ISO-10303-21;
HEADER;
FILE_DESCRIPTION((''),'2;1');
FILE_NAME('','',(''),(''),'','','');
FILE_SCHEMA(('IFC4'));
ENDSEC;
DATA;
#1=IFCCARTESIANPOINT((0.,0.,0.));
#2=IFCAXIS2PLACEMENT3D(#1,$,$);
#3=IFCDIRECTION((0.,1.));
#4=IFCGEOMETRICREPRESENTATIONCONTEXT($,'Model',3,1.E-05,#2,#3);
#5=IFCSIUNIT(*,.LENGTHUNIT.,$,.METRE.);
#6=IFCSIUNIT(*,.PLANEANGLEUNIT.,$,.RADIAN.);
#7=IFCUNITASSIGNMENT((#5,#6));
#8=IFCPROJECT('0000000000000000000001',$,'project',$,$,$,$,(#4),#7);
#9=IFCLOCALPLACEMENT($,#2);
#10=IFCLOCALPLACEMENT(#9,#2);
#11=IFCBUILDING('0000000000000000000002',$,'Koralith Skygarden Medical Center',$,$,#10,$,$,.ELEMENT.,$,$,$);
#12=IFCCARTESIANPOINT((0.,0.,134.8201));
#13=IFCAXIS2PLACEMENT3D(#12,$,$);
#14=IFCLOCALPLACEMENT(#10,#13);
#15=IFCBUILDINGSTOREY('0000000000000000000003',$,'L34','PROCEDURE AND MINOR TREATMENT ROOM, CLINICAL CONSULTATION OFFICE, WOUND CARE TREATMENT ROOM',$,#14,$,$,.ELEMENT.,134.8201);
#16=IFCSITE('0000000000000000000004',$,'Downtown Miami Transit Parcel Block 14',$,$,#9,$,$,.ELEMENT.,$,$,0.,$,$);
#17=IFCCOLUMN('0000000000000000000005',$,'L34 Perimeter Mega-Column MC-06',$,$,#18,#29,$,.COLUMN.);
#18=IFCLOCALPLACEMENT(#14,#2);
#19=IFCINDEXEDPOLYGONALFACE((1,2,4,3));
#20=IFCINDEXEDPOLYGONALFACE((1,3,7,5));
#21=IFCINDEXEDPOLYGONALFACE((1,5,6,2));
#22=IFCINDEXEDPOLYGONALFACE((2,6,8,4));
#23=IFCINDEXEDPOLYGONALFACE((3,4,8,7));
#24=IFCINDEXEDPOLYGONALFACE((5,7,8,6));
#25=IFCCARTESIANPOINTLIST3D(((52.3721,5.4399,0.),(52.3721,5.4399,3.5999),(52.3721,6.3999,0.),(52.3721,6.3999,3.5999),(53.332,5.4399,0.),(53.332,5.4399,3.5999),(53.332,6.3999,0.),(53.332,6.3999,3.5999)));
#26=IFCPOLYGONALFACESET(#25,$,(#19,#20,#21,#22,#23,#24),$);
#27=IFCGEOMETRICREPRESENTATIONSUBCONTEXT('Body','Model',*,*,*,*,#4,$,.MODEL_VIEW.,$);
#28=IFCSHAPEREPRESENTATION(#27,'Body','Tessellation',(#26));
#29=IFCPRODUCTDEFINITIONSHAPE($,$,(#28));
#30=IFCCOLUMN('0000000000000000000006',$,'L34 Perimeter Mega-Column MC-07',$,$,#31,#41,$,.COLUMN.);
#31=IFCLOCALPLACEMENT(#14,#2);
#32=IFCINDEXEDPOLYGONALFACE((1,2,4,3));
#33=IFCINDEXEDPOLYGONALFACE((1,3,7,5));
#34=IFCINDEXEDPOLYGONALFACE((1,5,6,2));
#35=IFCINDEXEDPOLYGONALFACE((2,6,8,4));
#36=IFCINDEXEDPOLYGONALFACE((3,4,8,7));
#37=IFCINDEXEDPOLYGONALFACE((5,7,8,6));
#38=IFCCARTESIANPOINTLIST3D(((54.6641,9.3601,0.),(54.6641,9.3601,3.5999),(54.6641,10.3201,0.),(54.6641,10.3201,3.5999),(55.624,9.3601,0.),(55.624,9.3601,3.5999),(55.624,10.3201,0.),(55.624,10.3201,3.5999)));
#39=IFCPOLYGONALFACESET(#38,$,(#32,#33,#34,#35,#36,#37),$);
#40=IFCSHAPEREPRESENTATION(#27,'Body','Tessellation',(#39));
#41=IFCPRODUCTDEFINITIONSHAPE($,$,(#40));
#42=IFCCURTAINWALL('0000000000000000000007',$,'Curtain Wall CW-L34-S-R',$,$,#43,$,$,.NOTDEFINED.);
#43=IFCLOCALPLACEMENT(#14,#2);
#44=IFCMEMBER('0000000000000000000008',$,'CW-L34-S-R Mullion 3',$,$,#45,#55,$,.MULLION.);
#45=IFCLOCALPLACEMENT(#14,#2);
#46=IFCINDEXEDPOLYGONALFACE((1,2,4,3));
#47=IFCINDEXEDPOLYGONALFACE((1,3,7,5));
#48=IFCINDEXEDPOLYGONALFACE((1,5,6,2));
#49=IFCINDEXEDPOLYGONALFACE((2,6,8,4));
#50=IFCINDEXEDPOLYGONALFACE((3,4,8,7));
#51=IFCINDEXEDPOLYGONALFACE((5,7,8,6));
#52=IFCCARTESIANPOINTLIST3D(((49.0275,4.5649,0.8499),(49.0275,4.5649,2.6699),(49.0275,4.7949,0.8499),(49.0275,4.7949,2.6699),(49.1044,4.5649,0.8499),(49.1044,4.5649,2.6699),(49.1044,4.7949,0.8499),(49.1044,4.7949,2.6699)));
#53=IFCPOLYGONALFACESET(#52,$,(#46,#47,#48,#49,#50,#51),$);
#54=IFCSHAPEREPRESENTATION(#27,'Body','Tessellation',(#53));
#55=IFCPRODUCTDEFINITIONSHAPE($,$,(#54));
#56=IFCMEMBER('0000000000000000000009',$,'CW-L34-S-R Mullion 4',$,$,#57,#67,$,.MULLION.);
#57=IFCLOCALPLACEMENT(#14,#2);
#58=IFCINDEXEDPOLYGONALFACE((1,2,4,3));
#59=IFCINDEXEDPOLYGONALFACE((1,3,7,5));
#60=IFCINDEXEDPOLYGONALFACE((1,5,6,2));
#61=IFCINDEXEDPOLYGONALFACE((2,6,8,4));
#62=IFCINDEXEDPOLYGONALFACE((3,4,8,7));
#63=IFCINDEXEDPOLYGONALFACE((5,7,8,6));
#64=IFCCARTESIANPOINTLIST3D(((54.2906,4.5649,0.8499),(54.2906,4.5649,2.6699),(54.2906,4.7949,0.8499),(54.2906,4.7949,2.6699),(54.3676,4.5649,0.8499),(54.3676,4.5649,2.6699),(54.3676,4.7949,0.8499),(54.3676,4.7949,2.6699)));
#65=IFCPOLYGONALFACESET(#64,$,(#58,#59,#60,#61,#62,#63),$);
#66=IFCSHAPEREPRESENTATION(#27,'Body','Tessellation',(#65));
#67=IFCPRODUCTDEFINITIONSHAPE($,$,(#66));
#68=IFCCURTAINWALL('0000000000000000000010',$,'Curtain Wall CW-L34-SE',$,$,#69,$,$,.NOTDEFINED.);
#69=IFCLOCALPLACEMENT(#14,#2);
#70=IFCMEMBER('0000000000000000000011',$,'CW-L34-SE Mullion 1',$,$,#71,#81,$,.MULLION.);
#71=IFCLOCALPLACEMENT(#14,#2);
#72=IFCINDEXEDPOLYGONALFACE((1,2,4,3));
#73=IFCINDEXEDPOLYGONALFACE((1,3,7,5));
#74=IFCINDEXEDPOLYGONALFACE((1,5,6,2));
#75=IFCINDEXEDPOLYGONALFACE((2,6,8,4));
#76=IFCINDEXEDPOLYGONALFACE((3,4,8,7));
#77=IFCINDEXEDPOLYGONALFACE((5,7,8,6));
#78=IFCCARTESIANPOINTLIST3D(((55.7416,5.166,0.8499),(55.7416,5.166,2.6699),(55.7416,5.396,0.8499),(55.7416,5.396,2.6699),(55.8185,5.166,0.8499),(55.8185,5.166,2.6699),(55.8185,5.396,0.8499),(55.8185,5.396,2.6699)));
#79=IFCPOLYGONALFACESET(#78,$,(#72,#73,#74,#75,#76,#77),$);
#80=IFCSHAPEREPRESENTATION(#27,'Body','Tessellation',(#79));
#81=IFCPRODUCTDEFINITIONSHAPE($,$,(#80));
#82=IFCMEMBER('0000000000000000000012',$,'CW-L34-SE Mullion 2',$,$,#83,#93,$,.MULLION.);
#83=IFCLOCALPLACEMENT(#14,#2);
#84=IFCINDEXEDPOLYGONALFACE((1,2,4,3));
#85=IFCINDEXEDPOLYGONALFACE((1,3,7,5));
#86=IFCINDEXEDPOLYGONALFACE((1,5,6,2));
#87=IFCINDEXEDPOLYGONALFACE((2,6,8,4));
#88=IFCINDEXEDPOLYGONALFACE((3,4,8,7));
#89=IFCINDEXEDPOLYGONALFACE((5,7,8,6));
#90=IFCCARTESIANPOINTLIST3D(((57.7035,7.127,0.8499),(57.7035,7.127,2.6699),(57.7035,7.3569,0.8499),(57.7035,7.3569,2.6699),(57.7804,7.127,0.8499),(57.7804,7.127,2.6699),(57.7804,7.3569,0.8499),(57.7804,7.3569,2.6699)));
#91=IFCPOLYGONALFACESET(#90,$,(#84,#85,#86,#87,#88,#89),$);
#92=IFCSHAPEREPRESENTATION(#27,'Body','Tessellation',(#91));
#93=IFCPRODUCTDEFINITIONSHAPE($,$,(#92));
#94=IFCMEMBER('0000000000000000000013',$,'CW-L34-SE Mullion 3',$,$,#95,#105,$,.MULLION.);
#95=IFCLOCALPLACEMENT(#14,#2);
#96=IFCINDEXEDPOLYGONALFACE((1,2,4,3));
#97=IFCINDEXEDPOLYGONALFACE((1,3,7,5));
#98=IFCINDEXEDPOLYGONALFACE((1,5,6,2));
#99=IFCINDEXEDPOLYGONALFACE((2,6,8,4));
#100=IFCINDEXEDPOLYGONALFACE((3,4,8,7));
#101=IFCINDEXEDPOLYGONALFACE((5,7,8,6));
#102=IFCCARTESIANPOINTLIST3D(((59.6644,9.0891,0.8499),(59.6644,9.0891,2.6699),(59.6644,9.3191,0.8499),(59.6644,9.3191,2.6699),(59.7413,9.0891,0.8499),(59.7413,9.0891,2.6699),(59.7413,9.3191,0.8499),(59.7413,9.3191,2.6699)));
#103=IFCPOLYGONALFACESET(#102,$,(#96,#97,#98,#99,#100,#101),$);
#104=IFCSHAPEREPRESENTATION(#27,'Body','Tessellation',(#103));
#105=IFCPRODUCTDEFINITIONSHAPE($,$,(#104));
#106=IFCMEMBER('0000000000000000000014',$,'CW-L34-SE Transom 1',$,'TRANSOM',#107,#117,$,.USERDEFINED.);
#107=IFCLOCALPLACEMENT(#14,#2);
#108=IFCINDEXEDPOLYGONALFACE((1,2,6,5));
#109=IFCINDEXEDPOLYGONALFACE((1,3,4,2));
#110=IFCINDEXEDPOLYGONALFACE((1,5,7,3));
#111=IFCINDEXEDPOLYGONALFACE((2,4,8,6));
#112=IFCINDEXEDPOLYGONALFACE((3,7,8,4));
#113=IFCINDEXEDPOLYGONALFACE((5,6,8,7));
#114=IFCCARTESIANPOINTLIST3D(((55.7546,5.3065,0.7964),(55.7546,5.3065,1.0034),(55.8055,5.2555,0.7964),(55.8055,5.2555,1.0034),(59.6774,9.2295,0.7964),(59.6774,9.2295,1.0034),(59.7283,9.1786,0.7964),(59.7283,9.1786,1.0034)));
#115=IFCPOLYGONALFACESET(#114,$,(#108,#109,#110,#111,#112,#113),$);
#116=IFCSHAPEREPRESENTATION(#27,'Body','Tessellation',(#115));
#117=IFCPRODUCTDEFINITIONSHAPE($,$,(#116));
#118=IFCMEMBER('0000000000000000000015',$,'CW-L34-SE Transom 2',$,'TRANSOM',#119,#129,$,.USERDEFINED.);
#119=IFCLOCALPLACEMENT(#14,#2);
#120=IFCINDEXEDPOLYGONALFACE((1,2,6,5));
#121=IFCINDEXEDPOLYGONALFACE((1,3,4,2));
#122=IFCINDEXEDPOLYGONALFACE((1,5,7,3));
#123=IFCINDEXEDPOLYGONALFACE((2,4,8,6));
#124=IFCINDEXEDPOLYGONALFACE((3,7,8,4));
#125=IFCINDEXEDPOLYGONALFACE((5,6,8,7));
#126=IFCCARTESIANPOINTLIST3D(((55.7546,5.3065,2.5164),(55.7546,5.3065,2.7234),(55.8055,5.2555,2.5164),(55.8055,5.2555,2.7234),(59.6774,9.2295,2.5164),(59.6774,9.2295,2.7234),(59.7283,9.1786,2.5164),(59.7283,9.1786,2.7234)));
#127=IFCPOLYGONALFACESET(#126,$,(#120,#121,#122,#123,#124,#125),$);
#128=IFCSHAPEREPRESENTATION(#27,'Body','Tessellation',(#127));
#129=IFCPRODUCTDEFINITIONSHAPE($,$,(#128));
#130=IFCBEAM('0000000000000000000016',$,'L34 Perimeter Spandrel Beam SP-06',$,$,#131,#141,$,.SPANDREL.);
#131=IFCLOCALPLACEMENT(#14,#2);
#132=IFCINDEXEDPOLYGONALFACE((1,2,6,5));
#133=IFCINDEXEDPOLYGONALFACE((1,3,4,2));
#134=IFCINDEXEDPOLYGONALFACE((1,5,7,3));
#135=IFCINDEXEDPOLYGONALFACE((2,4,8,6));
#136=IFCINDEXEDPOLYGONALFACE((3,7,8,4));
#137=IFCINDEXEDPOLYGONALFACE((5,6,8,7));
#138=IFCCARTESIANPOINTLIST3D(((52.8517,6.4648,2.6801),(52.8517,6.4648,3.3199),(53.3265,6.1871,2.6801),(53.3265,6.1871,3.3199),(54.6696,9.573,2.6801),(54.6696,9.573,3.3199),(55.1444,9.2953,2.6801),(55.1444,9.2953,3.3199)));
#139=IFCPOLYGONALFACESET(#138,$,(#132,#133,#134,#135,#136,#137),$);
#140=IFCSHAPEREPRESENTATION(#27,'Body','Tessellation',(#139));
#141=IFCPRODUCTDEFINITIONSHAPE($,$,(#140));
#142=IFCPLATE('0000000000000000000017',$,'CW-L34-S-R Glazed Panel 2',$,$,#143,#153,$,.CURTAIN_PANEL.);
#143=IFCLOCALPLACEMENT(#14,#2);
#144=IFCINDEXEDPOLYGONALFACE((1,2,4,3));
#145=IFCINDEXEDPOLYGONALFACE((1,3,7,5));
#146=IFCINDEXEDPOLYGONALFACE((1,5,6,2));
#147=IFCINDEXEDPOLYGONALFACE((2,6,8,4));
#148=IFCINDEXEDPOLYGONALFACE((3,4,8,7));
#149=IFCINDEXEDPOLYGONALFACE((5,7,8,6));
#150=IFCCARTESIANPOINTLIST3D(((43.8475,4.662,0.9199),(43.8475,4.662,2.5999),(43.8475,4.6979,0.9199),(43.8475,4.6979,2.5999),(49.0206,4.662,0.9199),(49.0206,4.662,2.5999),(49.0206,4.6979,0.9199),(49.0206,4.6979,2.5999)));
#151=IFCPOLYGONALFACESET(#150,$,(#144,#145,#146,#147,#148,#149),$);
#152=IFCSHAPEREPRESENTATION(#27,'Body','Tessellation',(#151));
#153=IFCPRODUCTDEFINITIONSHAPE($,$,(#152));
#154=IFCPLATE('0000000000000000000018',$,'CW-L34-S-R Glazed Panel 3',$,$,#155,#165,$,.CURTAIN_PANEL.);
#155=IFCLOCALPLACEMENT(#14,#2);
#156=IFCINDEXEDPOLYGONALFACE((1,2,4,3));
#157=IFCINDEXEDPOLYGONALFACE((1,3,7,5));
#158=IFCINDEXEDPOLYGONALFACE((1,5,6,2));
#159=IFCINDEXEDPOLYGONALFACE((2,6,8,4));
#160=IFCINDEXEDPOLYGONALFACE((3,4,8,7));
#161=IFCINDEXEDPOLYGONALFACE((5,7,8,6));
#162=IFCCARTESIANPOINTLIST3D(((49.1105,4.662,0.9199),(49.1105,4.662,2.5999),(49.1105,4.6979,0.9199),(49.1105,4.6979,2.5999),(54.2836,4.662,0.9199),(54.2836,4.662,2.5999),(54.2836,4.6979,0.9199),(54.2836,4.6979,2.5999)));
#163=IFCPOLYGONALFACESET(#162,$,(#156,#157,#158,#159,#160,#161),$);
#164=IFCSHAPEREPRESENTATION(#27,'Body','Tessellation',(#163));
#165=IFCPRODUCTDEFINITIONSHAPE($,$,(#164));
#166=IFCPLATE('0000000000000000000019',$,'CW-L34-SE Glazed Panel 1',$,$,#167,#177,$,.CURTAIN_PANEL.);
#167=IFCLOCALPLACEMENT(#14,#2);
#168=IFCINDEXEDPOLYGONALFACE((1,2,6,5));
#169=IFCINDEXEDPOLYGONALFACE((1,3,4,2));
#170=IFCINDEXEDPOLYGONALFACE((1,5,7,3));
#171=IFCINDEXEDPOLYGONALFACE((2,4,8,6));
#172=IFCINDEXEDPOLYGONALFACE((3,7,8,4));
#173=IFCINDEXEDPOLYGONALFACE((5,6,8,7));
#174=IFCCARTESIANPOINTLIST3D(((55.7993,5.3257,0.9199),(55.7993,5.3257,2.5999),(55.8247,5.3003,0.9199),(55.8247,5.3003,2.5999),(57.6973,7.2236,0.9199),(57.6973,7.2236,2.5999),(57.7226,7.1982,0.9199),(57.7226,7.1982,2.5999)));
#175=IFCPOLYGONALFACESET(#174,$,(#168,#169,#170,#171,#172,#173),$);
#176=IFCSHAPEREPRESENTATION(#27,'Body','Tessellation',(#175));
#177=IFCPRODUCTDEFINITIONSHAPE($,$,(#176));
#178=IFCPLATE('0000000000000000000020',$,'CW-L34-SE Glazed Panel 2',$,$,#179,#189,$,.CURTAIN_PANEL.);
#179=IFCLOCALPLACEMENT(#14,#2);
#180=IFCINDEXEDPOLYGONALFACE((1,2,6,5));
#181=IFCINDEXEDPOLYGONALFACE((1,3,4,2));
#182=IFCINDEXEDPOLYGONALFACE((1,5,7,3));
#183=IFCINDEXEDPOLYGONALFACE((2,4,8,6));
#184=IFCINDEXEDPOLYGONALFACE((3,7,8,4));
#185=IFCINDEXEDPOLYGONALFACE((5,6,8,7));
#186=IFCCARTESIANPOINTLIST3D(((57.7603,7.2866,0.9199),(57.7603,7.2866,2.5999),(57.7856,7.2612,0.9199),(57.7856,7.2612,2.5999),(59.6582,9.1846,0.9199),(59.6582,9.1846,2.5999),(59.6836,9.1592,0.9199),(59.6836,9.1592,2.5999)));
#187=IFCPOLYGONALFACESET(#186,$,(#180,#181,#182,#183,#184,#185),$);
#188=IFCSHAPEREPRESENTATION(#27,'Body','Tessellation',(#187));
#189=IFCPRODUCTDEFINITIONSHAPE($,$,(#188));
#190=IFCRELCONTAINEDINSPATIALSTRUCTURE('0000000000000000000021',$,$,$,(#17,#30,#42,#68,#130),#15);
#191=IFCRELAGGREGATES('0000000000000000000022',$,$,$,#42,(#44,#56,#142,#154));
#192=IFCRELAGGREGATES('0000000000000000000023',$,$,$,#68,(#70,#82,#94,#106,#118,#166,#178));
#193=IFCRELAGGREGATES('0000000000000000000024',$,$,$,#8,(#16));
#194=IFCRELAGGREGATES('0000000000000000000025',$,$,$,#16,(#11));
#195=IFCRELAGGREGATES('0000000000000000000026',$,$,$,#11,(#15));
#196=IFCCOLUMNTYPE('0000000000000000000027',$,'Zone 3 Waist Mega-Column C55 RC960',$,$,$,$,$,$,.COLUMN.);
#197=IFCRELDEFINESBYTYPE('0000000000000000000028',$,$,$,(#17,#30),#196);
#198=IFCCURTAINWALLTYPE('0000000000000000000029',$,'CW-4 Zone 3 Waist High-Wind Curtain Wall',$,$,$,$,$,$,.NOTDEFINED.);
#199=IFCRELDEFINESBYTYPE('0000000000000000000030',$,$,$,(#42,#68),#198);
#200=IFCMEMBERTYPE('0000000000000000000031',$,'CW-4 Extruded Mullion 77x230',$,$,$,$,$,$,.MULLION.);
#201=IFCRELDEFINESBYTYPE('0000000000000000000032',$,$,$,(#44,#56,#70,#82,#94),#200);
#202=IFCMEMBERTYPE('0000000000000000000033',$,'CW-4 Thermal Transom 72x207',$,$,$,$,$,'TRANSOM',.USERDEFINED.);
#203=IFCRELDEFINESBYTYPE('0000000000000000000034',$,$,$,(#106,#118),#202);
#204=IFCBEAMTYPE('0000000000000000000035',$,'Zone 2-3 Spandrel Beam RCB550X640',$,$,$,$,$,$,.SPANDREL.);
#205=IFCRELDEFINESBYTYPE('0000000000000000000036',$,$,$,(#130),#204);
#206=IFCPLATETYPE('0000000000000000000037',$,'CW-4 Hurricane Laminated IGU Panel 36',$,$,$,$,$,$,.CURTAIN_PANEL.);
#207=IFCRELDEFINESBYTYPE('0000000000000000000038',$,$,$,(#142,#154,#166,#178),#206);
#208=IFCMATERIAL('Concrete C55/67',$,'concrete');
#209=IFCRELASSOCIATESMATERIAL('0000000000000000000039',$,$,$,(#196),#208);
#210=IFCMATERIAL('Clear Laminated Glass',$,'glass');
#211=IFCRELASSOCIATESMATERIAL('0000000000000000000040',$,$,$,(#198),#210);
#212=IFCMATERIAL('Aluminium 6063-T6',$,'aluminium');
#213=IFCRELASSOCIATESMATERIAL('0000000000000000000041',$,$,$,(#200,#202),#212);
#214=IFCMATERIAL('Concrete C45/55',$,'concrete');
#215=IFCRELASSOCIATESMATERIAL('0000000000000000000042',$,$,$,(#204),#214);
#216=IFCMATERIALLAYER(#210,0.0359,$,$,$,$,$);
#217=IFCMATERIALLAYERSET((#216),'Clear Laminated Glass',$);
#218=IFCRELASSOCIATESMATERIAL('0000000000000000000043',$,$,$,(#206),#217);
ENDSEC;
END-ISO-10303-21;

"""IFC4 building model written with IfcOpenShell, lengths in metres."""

from ifc_helpers import new_model, si_unit, direction, frame, origin, origin_2d, place, context, subcontext, project, spatial, rectangle, extrude, material, layer, layer_set, material_profile, profile_set, type_object, element, aggregate, save


model = new_model("IFC4")

# Units and contexts
model_context = context("Model", 3, precision=1e-05, world=origin(), true_north=direction((0.0, 1.0)))
body_context = subcontext(model_context, "Body", "Model", "MODEL_VIEW")
ifc_project = project(units=[si_unit("LENGTHUNIT", "METRE"), si_unit("PLANEANGLEUNIT", "RADIAN")], contexts=[model_context])

# Site, building, storey
site_placement = place(None, origin())
site = spatial("IfcSite", under=ifc_project, at=site_placement, Name="Downtown Miami Transit Parcel Block 14", CompositionType="ELEMENT", RefElevation=0.0)
building_placement = place(site_placement, origin())
building = spatial("IfcBuilding", under=site, at=building_placement, Name="Koralith Skygarden Medical Center", CompositionType="ELEMENT")
storey_placement = place(building_placement, frame((0.0, 0.0, 134.8201)))
storey = spatial("IfcBuildingStorey", under=building, at=storey_placement, Name="L34", Description="PROCEDURE AND MINOR TREATMENT ROOM, CLINICAL CONSULTATION OFFICE, WOUND CARE TREATMENT ROOM", CompositionType="ELEMENT", Elevation=134.8201)

# Columns
ifc_material_1 = material(Name="Concrete C55/67", Category="concrete")
ifc_material_profile_1 = material_profile(ifc_material_1, rectangle(XDim=0.96, YDim=0.96, at=origin_2d()), Name="RC960X960")
ifc_profile_set_1 = profile_set([ifc_material_profile_1], Name="Concrete C55/67")
column_type = type_object("IfcColumnType", Name="Zone 3 Waist Mega-Column C55 RC960", PredefinedType="COLUMN", material=ifc_profile_set_1)
for number, where, z_axis, x_axis, name in (
    (1, (52.8521, 5.9199, 0.0), (0.0, 0.0, 1.0), (1.0, 0.0, 0.0), "L34 Perimeter Mega-Column MC-06"),
    (2, (55.144, 9.8401, 0.0), (0.0, 0.0, 1.0), (1.0, 0.0, 0.0), "L34 Perimeter Mega-Column MC-07"),
):
    element("IfcColumn", number, at=place(storey_placement, frame(where, z_axis=z_axis, x_axis=x_axis)), inside=storey, type_object=column_type, Name=name, PredefinedType="COLUMN", context=body_context, shape_type="SweptSolid", body=[
        extrude(rectangle(XDim=0.96, YDim=0.96, at=origin_2d()), origin(), (0.0, 0.0, 1.0), 3.5999),
    ])

# Curtain walls, members
ifc_material_2 = material(Name="Clear Laminated Glass", Category="glass")
curtain_wall_type = type_object("IfcCurtainWallType", Name="CW-4 Zone 3 Waist High-Wind Curtain Wall", PredefinedType="NOTDEFINED", material=ifc_material_2)
curtain_wall_1_placement = place(storey_placement, origin())
curtain_wall_1 = element("IfcCurtainWall", 3, at=curtain_wall_1_placement, inside=storey, type_object=curtain_wall_type, Name="Curtain Wall CW-L34-S-R", PredefinedType="NOTDEFINED")
ifc_material_3 = material(Name="Aluminium 6063-T6", Category="aluminium")
ifc_material_profile_2 = material_profile(ifc_material_3, rectangle(XDim=0.0769, YDim=0.23, at=origin_2d()), Name="MUL77X230")
ifc_profile_set_2 = profile_set([ifc_material_profile_2], Name="Aluminium 6063-T6")
member_type_1 = type_object("IfcMemberType", Name="CW-4 Extruded Mullion 77x230", PredefinedType="MULLION", material=ifc_profile_set_2)
member_1_placement = place(storey_placement, frame((49.0659, 4.6799, 0.8499), z_axis=(0.0, 0.0, 1.0), x_axis=(1.0, 0.0, 0.0)))
member_1 = element("IfcMember", 4, at=member_1_placement, type_object=member_type_1, Name="CW-L34-S-R Mullion 3", PredefinedType="MULLION", context=body_context, shape_type="SweptSolid", body=[
    extrude(rectangle(XDim=0.0769, YDim=0.23, at=origin_2d()), origin(), (0.0, 0.0, 1.0), 1.8201),
])
member_2_placement = place(storey_placement, frame((54.3291, 4.6799, 0.8499), z_axis=(0.0, 0.0, 1.0), x_axis=(1.0, 0.0, 0.0)))
member_2 = element("IfcMember", 5, at=member_2_placement, type_object=member_type_1, Name="CW-L34-S-R Mullion 4", PredefinedType="MULLION", context=body_context, shape_type="SweptSolid", body=[
    extrude(rectangle(XDim=0.0769, YDim=0.23, at=origin_2d()), origin(), (0.0, 0.0, 1.0), 1.8201),
])
curtain_wall_2_placement = place(storey_placement, origin())
curtain_wall_2 = element("IfcCurtainWall", 6, at=curtain_wall_2_placement, inside=storey, type_object=curtain_wall_type, Name="Curtain Wall CW-L34-SE", PredefinedType="NOTDEFINED")
member_3_placement = place(storey_placement, frame((55.78, 5.281, 0.8499), z_axis=(0.0, 0.0, 1.0), x_axis=(1.0, 0.0, 0.0)))
member_3 = element("IfcMember", 7, at=member_3_placement, type_object=member_type_1, Name="CW-L34-SE Mullion 1", PredefinedType="MULLION", context=body_context, shape_type="SweptSolid", body=[
    extrude(rectangle(XDim=0.0769, YDim=0.23, at=origin_2d()), origin(), (0.0, 0.0, 1.0), 1.8201),
])
member_4_placement = place(storey_placement, frame((57.7419, 7.2419, 0.8499), z_axis=(0.0, 0.0, 1.0), x_axis=(1.0, 0.0, 0.0)))
member_4 = element("IfcMember", 8, at=member_4_placement, type_object=member_type_1, Name="CW-L34-SE Mullion 2", PredefinedType="MULLION", context=body_context, shape_type="SweptSolid", body=[
    extrude(rectangle(XDim=0.0769, YDim=0.23, at=origin_2d()), origin(), (0.0, 0.0, 1.0), 1.8201),
])
member_5_placement = place(storey_placement, frame((59.7029, 9.2041, 0.8499), z_axis=(0.0, 0.0, 1.0), x_axis=(1.0, 0.0, 0.0)))
member_5 = element("IfcMember", 9, at=member_5_placement, type_object=member_type_1, Name="CW-L34-SE Mullion 3", PredefinedType="MULLION", context=body_context, shape_type="SweptSolid", body=[
    extrude(rectangle(XDim=0.0769, YDim=0.23, at=origin_2d()), origin(), (0.0, 0.0, 1.0), 1.8201),
])
ifc_material_profile_3 = material_profile(ifc_material_3, rectangle(XDim=0.072, YDim=0.207, at=origin_2d()), Name="TRN72X207")
ifc_profile_set_3 = profile_set([ifc_material_profile_3], Name="Aluminium 6063-T6")
member_type_2 = type_object("IfcMemberType", Name="CW-4 Thermal Transom 72x207", ElementType="TRANSOM", PredefinedType="USERDEFINED", material=ifc_profile_set_3)
member_6_placement = place(storey_placement, frame((55.78, 5.281, 0.8999), z_axis=(0.707085, 0.707129, 0.0), x_axis=(-0.707129, 0.707085, 0.0)))
member_6 = element("IfcMember", 10, at=member_6_placement, type_object=member_type_2, Name="CW-L34-SE Transom 1", ObjectType="TRANSOM", PredefinedType="USERDEFINED", context=body_context, shape_type="SweptSolid", body=[
    extrude(rectangle(XDim=0.072, YDim=0.207, at=origin_2d()), origin(), (0.0, 0.0, 1.0), 5.5479),
])
member_7_placement = place(storey_placement, frame((55.78, 5.281, 2.6199), z_axis=(0.707085, 0.707129, 0.0), x_axis=(-0.707129, 0.707085, 0.0)))
member_7 = element("IfcMember", 11, at=member_7_placement, type_object=member_type_2, Name="CW-L34-SE Transom 2", ObjectType="TRANSOM", PredefinedType="USERDEFINED", context=body_context, shape_type="SweptSolid", body=[
    extrude(rectangle(XDim=0.072, YDim=0.207, at=origin_2d()), origin(), (0.0, 0.0, 1.0), 5.5479),
])

# Beam
ifc_material_4 = material(Name="Concrete C45/55", Category="concrete")
ifc_material_profile_4 = material_profile(ifc_material_4, rectangle(XDim=0.55, YDim=0.6399, at=origin_2d()), Name="RCB550X640")
ifc_profile_set_4 = profile_set([ifc_material_profile_4], Name="Concrete C45/55")
beam_type = type_object("IfcBeamType", Name="Zone 2-3 Spandrel Beam RCB550X640", PredefinedType="SPANDREL", material=ifc_profile_set_4)
beam_placement = place(storey_placement, frame((53.0891, 6.3259, 3.0), z_axis=(0.504861, 0.8632, 0.0), x_axis=(-0.8632, 0.504861, 0.0)))
element("IfcBeam", 12, at=beam_placement, inside=storey, type_object=beam_type, Name="L34 Perimeter Spandrel Beam SP-06", PredefinedType="SPANDREL", context=body_context, shape_type="SweptSolid", body=[
    extrude(rectangle(XDim=0.55, YDim=0.6399, at=origin_2d()), origin(), (0.0, 0.0, 1.0), 3.6008),
])

# Plates
ifc_layer_1 = layer(ifc_material_2, 0.0359)
ifc_layer_set_1 = layer_set([ifc_layer_1], Name="Clear Laminated Glass")
plate_type_1 = type_object("IfcPlateType", Name="CW-4 Hurricane Laminated IGU Panel 36", PredefinedType="CURTAIN_PANEL", material=ifc_layer_set_1)
plate_1_placement = place(storey_placement, frame((46.4341, 4.6799, 0.9199), z_axis=(0.0, 0.0, 1.0), x_axis=(1.0, 0.0, 0.0)))
plate_1 = element("IfcPlate", 13, at=plate_1_placement, type_object=plate_type_1, Name="CW-L34-S-R Glazed Panel 2", PredefinedType="CURTAIN_PANEL", context=body_context, shape_type="SweptSolid", body=[
    extrude(rectangle(XDim=5.1731, YDim=0.0359, at=origin_2d()), origin(), (0.0, 0.0, 1.0), 1.6799),
])
plate_2_placement = place(storey_placement, frame((51.697, 4.6799, 0.9199), z_axis=(0.0, 0.0, 1.0), x_axis=(1.0, 0.0, 0.0)))
plate_2 = element("IfcPlate", 14, at=plate_2_placement, type_object=plate_type_1, Name="CW-L34-S-R Glazed Panel 3", PredefinedType="CURTAIN_PANEL", context=body_context, shape_type="SweptSolid", body=[
    extrude(rectangle(XDim=5.1731, YDim=0.0359, at=origin_2d()), origin(), (0.0, 0.0, 1.0), 1.6799),
])
aggregate(curtain_wall_1, [member_1, member_2, plate_1, plate_2])
plate_3_placement = place(storey_placement, frame((56.761, 6.262, 0.9199), z_axis=(0.0, 0.0, 1.0), x_axis=(0.707107, 0.707107, 0.0)))
plate_3 = element("IfcPlate", 15, at=plate_3_placement, type_object=plate_type_1, Name="CW-L34-SE Glazed Panel 1", PredefinedType="CURTAIN_PANEL", context=body_context, shape_type="SweptSolid", body=[
    extrude(rectangle(XDim=2.6841, YDim=0.0359, at=origin_2d()), origin(), (0.0, 0.0, 1.0), 1.6799),
])
plate_4_placement = place(storey_placement, frame((58.7219, 8.2229, 0.9199), z_axis=(0.0, 0.0, 1.0), x_axis=(0.707107, 0.707107, 0.0)))
plate_4 = element("IfcPlate", 16, at=plate_4_placement, type_object=plate_type_1, Name="CW-L34-SE Glazed Panel 2", PredefinedType="CURTAIN_PANEL", context=body_context, shape_type="SweptSolid", body=[
    extrude(rectangle(XDim=2.6841, YDim=0.0359, at=origin_2d()), origin(), (0.0, 0.0, 1.0), 1.6799),
])
aggregate(curtain_wall_2, [member_3, member_4, member_5, member_6, member_7, plate_3, plate_4])

save(model, "model.ifc")
